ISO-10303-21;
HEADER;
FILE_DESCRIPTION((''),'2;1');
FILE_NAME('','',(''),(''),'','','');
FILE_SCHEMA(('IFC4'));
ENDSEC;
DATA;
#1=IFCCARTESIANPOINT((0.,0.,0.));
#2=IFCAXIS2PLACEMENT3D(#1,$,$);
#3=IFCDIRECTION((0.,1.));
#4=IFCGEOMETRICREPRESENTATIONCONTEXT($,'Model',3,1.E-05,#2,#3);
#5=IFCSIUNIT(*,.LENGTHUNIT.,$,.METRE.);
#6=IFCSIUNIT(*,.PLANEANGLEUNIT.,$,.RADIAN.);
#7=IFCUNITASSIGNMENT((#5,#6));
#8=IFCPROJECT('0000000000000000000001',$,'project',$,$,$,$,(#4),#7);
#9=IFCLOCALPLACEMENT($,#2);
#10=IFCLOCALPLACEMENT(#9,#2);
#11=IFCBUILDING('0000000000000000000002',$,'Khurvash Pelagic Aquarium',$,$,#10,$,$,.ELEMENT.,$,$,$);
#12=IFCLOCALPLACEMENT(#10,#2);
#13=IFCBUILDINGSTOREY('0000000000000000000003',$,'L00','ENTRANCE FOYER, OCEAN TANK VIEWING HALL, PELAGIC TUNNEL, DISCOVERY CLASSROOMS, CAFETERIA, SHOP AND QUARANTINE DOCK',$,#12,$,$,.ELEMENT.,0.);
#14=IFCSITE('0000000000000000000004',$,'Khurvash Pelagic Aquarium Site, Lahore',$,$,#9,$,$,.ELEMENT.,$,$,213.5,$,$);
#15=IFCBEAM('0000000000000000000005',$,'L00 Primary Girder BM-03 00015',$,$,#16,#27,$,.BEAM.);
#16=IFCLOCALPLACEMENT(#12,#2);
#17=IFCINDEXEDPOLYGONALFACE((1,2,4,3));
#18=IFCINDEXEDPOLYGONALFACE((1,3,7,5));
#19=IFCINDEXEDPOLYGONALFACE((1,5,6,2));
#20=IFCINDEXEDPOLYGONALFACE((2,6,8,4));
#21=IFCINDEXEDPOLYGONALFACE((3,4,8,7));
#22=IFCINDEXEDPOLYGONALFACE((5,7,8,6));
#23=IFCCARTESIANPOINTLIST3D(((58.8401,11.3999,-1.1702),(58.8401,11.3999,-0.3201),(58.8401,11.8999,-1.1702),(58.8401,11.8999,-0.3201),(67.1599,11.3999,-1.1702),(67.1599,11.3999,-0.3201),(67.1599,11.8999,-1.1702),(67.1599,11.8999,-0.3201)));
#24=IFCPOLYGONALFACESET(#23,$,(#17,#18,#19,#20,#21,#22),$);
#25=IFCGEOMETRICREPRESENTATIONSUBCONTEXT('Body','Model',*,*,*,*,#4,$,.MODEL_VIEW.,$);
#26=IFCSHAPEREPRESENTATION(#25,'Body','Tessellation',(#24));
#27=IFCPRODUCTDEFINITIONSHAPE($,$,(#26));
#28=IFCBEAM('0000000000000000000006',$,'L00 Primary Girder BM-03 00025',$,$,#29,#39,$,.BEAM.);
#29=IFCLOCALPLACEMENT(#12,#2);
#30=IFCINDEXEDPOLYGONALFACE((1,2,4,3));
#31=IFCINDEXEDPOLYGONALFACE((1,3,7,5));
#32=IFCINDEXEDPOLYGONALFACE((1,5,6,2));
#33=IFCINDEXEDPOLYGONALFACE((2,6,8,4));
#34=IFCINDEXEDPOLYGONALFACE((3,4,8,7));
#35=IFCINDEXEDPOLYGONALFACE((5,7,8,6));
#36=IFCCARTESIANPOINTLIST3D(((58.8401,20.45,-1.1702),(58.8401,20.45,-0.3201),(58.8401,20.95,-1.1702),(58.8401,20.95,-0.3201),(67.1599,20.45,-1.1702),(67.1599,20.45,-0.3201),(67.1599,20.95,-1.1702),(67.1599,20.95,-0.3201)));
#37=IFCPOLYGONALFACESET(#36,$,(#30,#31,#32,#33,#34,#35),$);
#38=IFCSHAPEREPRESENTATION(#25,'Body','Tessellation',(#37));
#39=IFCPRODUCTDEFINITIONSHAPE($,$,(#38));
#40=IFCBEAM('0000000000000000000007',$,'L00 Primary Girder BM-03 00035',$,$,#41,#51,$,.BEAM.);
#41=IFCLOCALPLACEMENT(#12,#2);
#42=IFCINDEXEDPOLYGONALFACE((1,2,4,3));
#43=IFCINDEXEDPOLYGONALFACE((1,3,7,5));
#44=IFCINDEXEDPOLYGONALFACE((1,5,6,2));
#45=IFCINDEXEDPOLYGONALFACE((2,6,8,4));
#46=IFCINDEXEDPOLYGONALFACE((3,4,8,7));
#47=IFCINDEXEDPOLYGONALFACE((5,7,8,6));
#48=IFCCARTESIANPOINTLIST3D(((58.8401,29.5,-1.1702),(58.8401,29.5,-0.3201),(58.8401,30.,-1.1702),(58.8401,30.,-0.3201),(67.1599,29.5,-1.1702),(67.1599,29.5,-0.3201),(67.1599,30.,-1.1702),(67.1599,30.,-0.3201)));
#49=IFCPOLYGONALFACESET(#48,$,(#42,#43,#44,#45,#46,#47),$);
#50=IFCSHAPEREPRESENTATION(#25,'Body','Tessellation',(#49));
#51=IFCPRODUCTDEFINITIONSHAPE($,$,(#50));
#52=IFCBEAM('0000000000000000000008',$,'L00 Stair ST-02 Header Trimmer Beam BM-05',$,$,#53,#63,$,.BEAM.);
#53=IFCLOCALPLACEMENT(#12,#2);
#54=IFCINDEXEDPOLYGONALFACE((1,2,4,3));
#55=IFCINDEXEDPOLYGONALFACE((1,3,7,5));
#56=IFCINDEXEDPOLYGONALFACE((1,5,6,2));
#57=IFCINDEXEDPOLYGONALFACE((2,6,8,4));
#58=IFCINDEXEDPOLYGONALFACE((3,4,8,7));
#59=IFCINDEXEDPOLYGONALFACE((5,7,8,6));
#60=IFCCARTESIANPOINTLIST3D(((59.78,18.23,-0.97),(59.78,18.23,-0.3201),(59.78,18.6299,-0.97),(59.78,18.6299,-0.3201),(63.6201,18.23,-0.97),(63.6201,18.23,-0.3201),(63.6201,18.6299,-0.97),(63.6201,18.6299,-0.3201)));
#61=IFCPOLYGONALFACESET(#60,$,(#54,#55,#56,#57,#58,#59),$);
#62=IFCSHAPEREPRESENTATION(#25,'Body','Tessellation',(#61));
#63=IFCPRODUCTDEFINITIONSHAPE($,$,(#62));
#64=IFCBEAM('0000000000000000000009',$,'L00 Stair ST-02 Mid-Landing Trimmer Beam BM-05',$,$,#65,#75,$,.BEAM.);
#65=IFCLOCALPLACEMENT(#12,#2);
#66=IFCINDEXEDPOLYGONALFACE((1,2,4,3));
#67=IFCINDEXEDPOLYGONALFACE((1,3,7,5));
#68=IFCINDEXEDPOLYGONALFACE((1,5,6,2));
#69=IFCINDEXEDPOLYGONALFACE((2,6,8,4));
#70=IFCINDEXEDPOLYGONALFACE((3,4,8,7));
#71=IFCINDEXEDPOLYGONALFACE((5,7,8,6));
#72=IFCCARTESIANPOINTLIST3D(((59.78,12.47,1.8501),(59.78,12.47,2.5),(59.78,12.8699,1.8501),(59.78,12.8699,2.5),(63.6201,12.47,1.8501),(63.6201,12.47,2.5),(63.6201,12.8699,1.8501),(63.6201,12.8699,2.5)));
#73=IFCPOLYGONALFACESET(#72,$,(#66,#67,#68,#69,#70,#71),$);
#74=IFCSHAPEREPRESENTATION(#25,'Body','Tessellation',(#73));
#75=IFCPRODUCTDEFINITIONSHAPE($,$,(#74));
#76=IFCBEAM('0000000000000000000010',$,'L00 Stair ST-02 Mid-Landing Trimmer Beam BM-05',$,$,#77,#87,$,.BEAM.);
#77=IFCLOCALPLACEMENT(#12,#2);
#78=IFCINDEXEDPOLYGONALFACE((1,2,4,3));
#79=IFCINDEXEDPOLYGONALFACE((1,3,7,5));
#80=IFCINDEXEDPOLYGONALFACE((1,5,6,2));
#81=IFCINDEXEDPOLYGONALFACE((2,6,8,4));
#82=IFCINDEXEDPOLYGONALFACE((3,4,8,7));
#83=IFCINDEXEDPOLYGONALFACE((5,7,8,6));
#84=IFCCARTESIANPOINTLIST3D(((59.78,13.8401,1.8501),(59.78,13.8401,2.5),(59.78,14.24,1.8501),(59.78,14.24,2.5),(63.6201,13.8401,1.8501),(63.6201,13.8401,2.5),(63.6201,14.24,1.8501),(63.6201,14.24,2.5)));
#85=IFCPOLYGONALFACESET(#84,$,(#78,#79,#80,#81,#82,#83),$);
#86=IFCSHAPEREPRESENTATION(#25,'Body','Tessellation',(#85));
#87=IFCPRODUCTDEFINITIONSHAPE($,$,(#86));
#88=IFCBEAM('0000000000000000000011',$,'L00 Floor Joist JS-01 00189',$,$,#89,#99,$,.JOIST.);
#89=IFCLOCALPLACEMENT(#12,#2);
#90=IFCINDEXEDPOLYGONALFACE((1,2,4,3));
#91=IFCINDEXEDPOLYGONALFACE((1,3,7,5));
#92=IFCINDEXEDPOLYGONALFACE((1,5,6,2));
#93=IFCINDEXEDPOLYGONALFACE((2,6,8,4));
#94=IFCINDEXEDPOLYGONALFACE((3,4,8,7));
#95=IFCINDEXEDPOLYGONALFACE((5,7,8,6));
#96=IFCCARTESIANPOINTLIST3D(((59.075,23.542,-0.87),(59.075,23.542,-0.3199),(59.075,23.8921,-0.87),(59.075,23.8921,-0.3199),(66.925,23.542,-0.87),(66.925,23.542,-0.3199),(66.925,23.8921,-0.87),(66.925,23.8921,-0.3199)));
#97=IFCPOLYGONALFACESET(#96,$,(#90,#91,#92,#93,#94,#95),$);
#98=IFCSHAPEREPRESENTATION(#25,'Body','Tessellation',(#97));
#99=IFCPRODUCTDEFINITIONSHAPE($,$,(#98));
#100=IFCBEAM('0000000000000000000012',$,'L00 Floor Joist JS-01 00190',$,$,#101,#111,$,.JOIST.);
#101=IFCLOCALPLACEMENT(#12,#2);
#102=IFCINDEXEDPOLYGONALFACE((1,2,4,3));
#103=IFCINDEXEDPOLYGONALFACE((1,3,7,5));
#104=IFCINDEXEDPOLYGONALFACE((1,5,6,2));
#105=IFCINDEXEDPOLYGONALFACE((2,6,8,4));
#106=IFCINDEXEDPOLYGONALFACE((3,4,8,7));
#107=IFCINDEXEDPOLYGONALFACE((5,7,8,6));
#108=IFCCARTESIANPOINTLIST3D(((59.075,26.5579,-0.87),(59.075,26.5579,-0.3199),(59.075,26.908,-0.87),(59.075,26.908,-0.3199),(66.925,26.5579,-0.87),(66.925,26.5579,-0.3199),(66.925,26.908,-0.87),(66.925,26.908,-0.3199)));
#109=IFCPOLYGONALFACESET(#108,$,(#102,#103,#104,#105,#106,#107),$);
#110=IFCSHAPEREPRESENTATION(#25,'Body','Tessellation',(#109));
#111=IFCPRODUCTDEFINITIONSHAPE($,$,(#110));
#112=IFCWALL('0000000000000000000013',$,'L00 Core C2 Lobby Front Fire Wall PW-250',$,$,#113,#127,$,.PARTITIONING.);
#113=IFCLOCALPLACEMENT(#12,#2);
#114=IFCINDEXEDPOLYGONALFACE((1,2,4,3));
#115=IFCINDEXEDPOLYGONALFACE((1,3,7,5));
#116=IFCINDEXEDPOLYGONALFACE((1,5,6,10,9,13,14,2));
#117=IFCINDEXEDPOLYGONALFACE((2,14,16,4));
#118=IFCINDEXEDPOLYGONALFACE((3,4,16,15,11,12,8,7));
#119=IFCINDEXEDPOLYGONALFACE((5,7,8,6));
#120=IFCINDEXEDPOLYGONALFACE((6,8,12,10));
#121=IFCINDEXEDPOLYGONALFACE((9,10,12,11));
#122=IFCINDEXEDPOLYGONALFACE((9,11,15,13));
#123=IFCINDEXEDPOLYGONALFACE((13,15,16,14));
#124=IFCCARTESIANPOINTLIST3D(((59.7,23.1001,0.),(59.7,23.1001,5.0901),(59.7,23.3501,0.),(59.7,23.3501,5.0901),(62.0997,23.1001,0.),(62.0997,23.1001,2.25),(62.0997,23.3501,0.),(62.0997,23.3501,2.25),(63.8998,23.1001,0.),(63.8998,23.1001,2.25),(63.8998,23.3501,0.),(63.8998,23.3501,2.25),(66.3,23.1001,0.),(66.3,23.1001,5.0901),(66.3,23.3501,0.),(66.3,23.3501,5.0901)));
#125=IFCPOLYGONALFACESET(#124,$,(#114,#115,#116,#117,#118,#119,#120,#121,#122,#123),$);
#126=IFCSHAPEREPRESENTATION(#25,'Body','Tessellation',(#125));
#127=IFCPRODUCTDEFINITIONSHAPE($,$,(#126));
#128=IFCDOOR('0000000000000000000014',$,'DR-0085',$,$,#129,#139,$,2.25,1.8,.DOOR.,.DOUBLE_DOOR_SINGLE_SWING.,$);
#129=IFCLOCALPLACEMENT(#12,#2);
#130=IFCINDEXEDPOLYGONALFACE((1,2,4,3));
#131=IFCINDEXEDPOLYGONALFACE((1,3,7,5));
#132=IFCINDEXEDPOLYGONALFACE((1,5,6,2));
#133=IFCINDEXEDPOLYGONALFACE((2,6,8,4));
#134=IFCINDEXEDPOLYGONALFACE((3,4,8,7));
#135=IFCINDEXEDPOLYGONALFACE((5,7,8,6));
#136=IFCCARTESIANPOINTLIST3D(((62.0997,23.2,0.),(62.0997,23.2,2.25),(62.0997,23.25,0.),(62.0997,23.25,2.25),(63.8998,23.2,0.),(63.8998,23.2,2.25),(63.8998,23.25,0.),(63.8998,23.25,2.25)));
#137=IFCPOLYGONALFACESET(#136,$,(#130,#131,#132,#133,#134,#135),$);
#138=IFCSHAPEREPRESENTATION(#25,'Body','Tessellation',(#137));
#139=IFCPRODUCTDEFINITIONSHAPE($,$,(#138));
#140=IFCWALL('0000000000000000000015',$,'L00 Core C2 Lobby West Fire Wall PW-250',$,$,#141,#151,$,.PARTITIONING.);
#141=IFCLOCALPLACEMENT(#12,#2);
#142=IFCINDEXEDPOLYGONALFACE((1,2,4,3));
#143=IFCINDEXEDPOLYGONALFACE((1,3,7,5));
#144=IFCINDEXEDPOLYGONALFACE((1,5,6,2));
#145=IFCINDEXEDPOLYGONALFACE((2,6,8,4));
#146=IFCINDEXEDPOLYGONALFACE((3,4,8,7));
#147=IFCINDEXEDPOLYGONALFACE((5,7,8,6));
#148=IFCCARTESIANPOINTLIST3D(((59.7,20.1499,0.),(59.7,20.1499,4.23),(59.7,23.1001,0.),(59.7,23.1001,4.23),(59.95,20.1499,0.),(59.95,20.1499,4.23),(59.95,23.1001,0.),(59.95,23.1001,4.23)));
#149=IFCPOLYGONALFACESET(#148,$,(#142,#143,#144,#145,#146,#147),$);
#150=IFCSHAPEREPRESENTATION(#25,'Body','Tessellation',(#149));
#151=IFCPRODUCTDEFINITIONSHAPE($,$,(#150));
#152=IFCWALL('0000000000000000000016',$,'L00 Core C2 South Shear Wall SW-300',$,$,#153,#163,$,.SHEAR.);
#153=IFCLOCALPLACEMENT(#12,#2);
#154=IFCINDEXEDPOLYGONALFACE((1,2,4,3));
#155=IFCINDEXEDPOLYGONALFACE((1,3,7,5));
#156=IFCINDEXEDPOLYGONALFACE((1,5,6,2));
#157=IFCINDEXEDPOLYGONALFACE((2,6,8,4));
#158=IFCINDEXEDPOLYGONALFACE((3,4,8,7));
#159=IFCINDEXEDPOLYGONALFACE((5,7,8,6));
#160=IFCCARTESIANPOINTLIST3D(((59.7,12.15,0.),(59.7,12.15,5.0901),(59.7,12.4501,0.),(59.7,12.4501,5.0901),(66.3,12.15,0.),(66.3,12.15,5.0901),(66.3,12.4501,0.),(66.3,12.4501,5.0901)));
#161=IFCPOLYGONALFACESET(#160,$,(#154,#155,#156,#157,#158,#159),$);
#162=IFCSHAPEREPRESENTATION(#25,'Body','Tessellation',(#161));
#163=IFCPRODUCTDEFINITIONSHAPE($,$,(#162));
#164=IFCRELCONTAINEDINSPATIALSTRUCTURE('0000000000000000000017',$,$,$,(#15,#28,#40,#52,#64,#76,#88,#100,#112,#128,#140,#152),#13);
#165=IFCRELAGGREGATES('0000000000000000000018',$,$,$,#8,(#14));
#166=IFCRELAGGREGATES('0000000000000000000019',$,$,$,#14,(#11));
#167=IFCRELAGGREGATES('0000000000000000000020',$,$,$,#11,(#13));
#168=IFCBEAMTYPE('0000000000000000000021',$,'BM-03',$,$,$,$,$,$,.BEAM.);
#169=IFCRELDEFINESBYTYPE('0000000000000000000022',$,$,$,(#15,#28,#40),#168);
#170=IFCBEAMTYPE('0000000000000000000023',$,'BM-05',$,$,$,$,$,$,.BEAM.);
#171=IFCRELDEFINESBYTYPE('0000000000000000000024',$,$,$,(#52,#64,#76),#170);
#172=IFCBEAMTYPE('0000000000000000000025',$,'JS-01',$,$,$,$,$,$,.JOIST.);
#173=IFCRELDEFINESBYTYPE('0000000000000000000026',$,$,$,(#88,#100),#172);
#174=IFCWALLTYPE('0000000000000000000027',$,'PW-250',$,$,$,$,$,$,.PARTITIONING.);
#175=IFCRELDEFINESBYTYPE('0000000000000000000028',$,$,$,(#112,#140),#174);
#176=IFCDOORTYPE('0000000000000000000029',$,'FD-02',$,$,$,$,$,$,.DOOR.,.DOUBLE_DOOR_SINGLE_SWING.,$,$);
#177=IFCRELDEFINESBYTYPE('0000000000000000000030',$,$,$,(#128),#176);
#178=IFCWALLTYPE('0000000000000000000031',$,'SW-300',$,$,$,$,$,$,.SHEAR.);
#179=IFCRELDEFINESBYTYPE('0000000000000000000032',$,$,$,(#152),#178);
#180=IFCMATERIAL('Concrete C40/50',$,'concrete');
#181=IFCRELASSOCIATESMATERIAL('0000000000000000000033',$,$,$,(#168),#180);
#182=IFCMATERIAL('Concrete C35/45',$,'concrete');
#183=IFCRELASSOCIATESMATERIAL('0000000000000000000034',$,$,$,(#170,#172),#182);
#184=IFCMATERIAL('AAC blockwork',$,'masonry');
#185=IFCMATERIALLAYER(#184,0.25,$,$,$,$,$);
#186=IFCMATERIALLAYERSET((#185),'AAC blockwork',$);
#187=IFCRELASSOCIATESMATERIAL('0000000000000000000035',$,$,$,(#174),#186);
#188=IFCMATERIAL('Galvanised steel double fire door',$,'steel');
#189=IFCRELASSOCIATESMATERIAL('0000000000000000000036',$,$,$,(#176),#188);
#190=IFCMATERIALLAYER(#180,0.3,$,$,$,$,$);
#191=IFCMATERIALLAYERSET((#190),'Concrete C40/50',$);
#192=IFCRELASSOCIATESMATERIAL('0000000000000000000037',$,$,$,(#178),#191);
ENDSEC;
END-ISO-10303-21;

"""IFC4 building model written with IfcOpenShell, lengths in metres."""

from ifc_helpers import new_model, si_unit, direction, frame, frame_2d, origin, origin_2d, place, context, subcontext, project, spatial, rectangle, extrude, material, layer, layer_set, material_profile, profile_set, type_object, element, fill, save


model = new_model("IFC4")

# Units and contexts
model_context = context("Model", 3, precision=1e-05, world=origin(), true_north=direction((0.0, 1.0)))
body_context = subcontext(model_context, "Body", "Model", "MODEL_VIEW")
ifc_project = project(units=[si_unit("LENGTHUNIT", "METRE"), si_unit("PLANEANGLEUNIT", "RADIAN")], contexts=[model_context])

# Site, building, storey
site_placement = place(None, origin())
site = spatial("IfcSite", under=ifc_project, at=site_placement, Name="Khurvash Pelagic Aquarium Site, Lahore", CompositionType="ELEMENT", RefElevation=213.5)
building_placement = place(site_placement, origin())
building = spatial("IfcBuilding", under=site, at=building_placement, Name="Khurvash Pelagic Aquarium", CompositionType="ELEMENT")
storey_placement = place(building_placement, origin())
storey = spatial("IfcBuildingStorey", under=building, at=storey_placement, Name="L00", Description="ENTRANCE FOYER, OCEAN TANK VIEWING HALL, PELAGIC TUNNEL, DISCOVERY CLASSROOMS, CAFETERIA, SHOP AND QUARANTINE DOCK", CompositionType="ELEMENT", Elevation=0.0)

# Beams
ifc_material_1 = material(Name="Concrete C40/50", Category="concrete")
ifc_material_profile_1 = material_profile(ifc_material_1, rectangle(XDim=0.5, YDim=0.8501, at=origin_2d()), Name="RC500X850")
ifc_profile_set_1 = profile_set([ifc_material_profile_1], Name="Concrete C40/50")
beam_type_1 = type_object("IfcBeamType", Name="BM-03", PredefinedType="BEAM", material=ifc_profile_set_1)
for number, where, z_axis, x_axis, name in (
    (1, (58.8401, 11.6499, -0.7451), (1.0, 0.0, 0.0), (0.0, 1.0, 0.0), "L00 Primary Girder BM-03 00015"),
    (2, (58.8401, 20.7, -0.7451), (1.0, 0.0, 0.0), (0.0, 1.0, 0.0), "L00 Primary Girder BM-03 00025"),
    (3, (58.8401, 29.75, -0.7451), (1.0, 0.0, 0.0), (0.0, 1.0, 0.0), "L00 Primary Girder BM-03 00035"),
):
    element("IfcBeam", number, at=place(storey_placement, frame(where, z_axis=z_axis, x_axis=x_axis)), inside=storey, type_object=beam_type_1, Name=name, PredefinedType="BEAM", context=body_context, shape_type="SweptSolid", body=[
        extrude(rectangle(XDim=0.5, YDim=0.8501, at=origin_2d()), origin(), (0.0, 0.0, 1.0), 8.3198),
    ])
ifc_material_2 = material(Name="Concrete C35/45", Category="concrete")
ifc_material_profile_2 = material_profile(ifc_material_2, rectangle(XDim=0.3999, YDim=0.6499, at=origin_2d()), Name="RC400X650")
ifc_profile_set_2 = profile_set([ifc_material_profile_2], Name="Concrete C35/45")
beam_type_2 = type_object("IfcBeamType", Name="BM-05", PredefinedType="BEAM", material=ifc_profile_set_2)
for number, where, z_axis, x_axis, name in (
    (4, (59.78, 18.4299, -0.645), (1.0, 0.0, 0.0), (0.0, 1.0, 0.0), "L00 Stair ST-02 Header Trimmer Beam BM-05"),
    (5, (59.78, 12.6699, 2.175), (1.0, 0.0, 0.0), (0.0, 1.0, 0.0), "L00 Stair ST-02 Mid-Landing Trimmer Beam BM-05"),
    (6, (59.78, 14.04, 2.175), (1.0, 0.0, 0.0), (0.0, 1.0, 0.0), "L00 Stair ST-02 Mid-Landing Trimmer Beam BM-05"),
):
    element("IfcBeam", number, at=place(storey_placement, frame(where, z_axis=z_axis, x_axis=x_axis)), inside=storey, type_object=beam_type_2, Name=name, PredefinedType="BEAM", context=body_context, shape_type="SweptSolid", body=[
        extrude(rectangle(XDim=0.3999, YDim=0.6499, at=origin_2d()), origin(), (0.0, 0.0, 1.0), 3.8401),
    ])
ifc_material_profile_3 = material_profile(ifc_material_2, rectangle(XDim=0.3501, YDim=0.55, at=origin_2d()), Name="RC350X550")
ifc_profile_set_3 = profile_set([ifc_material_profile_3], Name="Concrete C35/45")
beam_type_3 = type_object("IfcBeamType", Name="JS-01", PredefinedType="JOIST", material=ifc_profile_set_3)
for number, where, z_axis, x_axis, name in (
    (7, (59.075, 23.717, -0.595), (1.0, 0.0, 0.0), (0.0, 1.0, 0.0), "L00 Floor Joist JS-01 00189"),
    (8, (59.075, 26.7329, -0.595), (1.0, 0.0, 0.0), (0.0, 1.0, 0.0), "L00 Floor Joist JS-01 00190"),
):
    element("IfcBeam", number, at=place(storey_placement, frame(where, z_axis=z_axis, x_axis=x_axis)), inside=storey, type_object=beam_type_3, Name=name, PredefinedType="JOIST", context=body_context, shape_type="SweptSolid", body=[
        extrude(rectangle(XDim=0.3501, YDim=0.55, at=origin_2d()), origin(), (0.0, 0.0, 1.0), 7.8501),
    ])

# Wall, opening, door
ifc_material_3 = material(Name="AAC blockwork", Category="masonry")
ifc_layer_1 = layer(ifc_material_3, 0.25)
ifc_layer_set_1 = layer_set([ifc_layer_1], Name="AAC blockwork")
wall_type_1 = type_object("IfcWallType", Name="PW-250", PredefinedType="PARTITIONING", material=ifc_layer_set_1)
wall_1_placement = place(storey_placement, frame((59.7, 23.2251, 0.0), z_axis=(0.0, 0.0, 1.0), x_axis=(1.0, 0.0, 0.0)))
wall_1 = element("IfcWall", 9, at=wall_1_placement, inside=storey, type_object=wall_type_1, Name="L00 Core C2 Lobby Front Fire Wall PW-250", PredefinedType="PARTITIONING", context=body_context, shape_type="SweptSolid", body=[
    extrude(rectangle(XDim=6.6001, YDim=0.25, at=frame_2d((3.3, 0.0))), origin(), (0.0, 0.0, 1.0), 5.0901),
])
opening_1_placement = place(wall_1_placement, frame((2.3999, 0.0, 0.0)))
opening_1 = element("IfcOpeningElement", 10, at=opening_1_placement, cuts=wall_1, PredefinedType="OPENING", context=body_context, shape_type="SweptSolid", body=[
    extrude(rectangle(XDim=1.8, YDim=2.25, at=frame_2d((0.8999, 1.125))), frame((0.0, 0.135, 0.0), z_axis=(0.0, -1.0, 0.0), x_axis=(1.0, 0.0, 0.0)), (0.0, 0.0, 1.0), 0.27),
])
ifc_material_4 = material(Name="Galvanised steel double fire door", Category="steel")
door_type_1 = type_object("IfcDoorType", Name="FD-02", OperationType="DOUBLE_DOOR_SINGLE_SWING", PredefinedType="DOOR", material=ifc_material_4)
door_1_placement = place(opening_1_placement, origin())
door_1 = element("IfcDoor", 11, at=door_1_placement, inside=storey, type_object=door_type_1, Name="DR-0085", OperationType="DOUBLE_DOOR_SINGLE_SWING", OverallHeight=2.25, OverallWidth=1.8, PredefinedType="DOOR", context=body_context, shape_type="SweptSolid", body=[
    extrude(rectangle(XDim=1.8, YDim=2.25, at=frame_2d((0.8999, 1.125))), frame((0.0, 0.0249, 0.0), z_axis=(0.0, -1.0, 0.0), x_axis=(1.0, 0.0, 0.0)), (0.0, 0.0, 1.0), 0.05),
])
fill(opening_1, door_1)

# Walls
wall_2_placement = place(storey_placement, frame((59.825, 20.1499, 0.0), z_axis=(0.0, 0.0, 1.0), x_axis=(0.0, 1.0, 0.0)))
element("IfcWall", 12, at=wall_2_placement, inside=storey, type_object=wall_type_1, Name="L00 Core C2 Lobby West Fire Wall PW-250", PredefinedType="PARTITIONING", context=body_context, shape_type="SweptSolid", body=[
    extrude(rectangle(XDim=2.9502, YDim=0.25, at=frame_2d((1.4751, 0.0))), origin(), (0.0, 0.0, 1.0), 4.23),
])
ifc_layer_2 = layer(ifc_material_1, 0.3)
ifc_layer_set_2 = layer_set([ifc_layer_2], Name="Concrete C40/50")
wall_type_2 = type_object("IfcWallType", Name="SW-300", PredefinedType="SHEAR", material=ifc_layer_set_2)
wall_3_placement = place(storey_placement, frame((59.7, 12.3, 0.0), z_axis=(0.0, 0.0, 1.0), x_axis=(1.0, 0.0, 0.0)))
element("IfcWall", 13, at=wall_3_placement, inside=storey, type_object=wall_type_2, Name="L00 Core C2 South Shear Wall SW-300", PredefinedType="SHEAR", context=body_context, shape_type="SweptSolid", body=[
    extrude(rectangle(XDim=6.6001, YDim=0.3, at=frame_2d((3.3, 0.0))), origin(), (0.0, 0.0, 1.0), 5.0901),
])

save(model, "model.ifc")
